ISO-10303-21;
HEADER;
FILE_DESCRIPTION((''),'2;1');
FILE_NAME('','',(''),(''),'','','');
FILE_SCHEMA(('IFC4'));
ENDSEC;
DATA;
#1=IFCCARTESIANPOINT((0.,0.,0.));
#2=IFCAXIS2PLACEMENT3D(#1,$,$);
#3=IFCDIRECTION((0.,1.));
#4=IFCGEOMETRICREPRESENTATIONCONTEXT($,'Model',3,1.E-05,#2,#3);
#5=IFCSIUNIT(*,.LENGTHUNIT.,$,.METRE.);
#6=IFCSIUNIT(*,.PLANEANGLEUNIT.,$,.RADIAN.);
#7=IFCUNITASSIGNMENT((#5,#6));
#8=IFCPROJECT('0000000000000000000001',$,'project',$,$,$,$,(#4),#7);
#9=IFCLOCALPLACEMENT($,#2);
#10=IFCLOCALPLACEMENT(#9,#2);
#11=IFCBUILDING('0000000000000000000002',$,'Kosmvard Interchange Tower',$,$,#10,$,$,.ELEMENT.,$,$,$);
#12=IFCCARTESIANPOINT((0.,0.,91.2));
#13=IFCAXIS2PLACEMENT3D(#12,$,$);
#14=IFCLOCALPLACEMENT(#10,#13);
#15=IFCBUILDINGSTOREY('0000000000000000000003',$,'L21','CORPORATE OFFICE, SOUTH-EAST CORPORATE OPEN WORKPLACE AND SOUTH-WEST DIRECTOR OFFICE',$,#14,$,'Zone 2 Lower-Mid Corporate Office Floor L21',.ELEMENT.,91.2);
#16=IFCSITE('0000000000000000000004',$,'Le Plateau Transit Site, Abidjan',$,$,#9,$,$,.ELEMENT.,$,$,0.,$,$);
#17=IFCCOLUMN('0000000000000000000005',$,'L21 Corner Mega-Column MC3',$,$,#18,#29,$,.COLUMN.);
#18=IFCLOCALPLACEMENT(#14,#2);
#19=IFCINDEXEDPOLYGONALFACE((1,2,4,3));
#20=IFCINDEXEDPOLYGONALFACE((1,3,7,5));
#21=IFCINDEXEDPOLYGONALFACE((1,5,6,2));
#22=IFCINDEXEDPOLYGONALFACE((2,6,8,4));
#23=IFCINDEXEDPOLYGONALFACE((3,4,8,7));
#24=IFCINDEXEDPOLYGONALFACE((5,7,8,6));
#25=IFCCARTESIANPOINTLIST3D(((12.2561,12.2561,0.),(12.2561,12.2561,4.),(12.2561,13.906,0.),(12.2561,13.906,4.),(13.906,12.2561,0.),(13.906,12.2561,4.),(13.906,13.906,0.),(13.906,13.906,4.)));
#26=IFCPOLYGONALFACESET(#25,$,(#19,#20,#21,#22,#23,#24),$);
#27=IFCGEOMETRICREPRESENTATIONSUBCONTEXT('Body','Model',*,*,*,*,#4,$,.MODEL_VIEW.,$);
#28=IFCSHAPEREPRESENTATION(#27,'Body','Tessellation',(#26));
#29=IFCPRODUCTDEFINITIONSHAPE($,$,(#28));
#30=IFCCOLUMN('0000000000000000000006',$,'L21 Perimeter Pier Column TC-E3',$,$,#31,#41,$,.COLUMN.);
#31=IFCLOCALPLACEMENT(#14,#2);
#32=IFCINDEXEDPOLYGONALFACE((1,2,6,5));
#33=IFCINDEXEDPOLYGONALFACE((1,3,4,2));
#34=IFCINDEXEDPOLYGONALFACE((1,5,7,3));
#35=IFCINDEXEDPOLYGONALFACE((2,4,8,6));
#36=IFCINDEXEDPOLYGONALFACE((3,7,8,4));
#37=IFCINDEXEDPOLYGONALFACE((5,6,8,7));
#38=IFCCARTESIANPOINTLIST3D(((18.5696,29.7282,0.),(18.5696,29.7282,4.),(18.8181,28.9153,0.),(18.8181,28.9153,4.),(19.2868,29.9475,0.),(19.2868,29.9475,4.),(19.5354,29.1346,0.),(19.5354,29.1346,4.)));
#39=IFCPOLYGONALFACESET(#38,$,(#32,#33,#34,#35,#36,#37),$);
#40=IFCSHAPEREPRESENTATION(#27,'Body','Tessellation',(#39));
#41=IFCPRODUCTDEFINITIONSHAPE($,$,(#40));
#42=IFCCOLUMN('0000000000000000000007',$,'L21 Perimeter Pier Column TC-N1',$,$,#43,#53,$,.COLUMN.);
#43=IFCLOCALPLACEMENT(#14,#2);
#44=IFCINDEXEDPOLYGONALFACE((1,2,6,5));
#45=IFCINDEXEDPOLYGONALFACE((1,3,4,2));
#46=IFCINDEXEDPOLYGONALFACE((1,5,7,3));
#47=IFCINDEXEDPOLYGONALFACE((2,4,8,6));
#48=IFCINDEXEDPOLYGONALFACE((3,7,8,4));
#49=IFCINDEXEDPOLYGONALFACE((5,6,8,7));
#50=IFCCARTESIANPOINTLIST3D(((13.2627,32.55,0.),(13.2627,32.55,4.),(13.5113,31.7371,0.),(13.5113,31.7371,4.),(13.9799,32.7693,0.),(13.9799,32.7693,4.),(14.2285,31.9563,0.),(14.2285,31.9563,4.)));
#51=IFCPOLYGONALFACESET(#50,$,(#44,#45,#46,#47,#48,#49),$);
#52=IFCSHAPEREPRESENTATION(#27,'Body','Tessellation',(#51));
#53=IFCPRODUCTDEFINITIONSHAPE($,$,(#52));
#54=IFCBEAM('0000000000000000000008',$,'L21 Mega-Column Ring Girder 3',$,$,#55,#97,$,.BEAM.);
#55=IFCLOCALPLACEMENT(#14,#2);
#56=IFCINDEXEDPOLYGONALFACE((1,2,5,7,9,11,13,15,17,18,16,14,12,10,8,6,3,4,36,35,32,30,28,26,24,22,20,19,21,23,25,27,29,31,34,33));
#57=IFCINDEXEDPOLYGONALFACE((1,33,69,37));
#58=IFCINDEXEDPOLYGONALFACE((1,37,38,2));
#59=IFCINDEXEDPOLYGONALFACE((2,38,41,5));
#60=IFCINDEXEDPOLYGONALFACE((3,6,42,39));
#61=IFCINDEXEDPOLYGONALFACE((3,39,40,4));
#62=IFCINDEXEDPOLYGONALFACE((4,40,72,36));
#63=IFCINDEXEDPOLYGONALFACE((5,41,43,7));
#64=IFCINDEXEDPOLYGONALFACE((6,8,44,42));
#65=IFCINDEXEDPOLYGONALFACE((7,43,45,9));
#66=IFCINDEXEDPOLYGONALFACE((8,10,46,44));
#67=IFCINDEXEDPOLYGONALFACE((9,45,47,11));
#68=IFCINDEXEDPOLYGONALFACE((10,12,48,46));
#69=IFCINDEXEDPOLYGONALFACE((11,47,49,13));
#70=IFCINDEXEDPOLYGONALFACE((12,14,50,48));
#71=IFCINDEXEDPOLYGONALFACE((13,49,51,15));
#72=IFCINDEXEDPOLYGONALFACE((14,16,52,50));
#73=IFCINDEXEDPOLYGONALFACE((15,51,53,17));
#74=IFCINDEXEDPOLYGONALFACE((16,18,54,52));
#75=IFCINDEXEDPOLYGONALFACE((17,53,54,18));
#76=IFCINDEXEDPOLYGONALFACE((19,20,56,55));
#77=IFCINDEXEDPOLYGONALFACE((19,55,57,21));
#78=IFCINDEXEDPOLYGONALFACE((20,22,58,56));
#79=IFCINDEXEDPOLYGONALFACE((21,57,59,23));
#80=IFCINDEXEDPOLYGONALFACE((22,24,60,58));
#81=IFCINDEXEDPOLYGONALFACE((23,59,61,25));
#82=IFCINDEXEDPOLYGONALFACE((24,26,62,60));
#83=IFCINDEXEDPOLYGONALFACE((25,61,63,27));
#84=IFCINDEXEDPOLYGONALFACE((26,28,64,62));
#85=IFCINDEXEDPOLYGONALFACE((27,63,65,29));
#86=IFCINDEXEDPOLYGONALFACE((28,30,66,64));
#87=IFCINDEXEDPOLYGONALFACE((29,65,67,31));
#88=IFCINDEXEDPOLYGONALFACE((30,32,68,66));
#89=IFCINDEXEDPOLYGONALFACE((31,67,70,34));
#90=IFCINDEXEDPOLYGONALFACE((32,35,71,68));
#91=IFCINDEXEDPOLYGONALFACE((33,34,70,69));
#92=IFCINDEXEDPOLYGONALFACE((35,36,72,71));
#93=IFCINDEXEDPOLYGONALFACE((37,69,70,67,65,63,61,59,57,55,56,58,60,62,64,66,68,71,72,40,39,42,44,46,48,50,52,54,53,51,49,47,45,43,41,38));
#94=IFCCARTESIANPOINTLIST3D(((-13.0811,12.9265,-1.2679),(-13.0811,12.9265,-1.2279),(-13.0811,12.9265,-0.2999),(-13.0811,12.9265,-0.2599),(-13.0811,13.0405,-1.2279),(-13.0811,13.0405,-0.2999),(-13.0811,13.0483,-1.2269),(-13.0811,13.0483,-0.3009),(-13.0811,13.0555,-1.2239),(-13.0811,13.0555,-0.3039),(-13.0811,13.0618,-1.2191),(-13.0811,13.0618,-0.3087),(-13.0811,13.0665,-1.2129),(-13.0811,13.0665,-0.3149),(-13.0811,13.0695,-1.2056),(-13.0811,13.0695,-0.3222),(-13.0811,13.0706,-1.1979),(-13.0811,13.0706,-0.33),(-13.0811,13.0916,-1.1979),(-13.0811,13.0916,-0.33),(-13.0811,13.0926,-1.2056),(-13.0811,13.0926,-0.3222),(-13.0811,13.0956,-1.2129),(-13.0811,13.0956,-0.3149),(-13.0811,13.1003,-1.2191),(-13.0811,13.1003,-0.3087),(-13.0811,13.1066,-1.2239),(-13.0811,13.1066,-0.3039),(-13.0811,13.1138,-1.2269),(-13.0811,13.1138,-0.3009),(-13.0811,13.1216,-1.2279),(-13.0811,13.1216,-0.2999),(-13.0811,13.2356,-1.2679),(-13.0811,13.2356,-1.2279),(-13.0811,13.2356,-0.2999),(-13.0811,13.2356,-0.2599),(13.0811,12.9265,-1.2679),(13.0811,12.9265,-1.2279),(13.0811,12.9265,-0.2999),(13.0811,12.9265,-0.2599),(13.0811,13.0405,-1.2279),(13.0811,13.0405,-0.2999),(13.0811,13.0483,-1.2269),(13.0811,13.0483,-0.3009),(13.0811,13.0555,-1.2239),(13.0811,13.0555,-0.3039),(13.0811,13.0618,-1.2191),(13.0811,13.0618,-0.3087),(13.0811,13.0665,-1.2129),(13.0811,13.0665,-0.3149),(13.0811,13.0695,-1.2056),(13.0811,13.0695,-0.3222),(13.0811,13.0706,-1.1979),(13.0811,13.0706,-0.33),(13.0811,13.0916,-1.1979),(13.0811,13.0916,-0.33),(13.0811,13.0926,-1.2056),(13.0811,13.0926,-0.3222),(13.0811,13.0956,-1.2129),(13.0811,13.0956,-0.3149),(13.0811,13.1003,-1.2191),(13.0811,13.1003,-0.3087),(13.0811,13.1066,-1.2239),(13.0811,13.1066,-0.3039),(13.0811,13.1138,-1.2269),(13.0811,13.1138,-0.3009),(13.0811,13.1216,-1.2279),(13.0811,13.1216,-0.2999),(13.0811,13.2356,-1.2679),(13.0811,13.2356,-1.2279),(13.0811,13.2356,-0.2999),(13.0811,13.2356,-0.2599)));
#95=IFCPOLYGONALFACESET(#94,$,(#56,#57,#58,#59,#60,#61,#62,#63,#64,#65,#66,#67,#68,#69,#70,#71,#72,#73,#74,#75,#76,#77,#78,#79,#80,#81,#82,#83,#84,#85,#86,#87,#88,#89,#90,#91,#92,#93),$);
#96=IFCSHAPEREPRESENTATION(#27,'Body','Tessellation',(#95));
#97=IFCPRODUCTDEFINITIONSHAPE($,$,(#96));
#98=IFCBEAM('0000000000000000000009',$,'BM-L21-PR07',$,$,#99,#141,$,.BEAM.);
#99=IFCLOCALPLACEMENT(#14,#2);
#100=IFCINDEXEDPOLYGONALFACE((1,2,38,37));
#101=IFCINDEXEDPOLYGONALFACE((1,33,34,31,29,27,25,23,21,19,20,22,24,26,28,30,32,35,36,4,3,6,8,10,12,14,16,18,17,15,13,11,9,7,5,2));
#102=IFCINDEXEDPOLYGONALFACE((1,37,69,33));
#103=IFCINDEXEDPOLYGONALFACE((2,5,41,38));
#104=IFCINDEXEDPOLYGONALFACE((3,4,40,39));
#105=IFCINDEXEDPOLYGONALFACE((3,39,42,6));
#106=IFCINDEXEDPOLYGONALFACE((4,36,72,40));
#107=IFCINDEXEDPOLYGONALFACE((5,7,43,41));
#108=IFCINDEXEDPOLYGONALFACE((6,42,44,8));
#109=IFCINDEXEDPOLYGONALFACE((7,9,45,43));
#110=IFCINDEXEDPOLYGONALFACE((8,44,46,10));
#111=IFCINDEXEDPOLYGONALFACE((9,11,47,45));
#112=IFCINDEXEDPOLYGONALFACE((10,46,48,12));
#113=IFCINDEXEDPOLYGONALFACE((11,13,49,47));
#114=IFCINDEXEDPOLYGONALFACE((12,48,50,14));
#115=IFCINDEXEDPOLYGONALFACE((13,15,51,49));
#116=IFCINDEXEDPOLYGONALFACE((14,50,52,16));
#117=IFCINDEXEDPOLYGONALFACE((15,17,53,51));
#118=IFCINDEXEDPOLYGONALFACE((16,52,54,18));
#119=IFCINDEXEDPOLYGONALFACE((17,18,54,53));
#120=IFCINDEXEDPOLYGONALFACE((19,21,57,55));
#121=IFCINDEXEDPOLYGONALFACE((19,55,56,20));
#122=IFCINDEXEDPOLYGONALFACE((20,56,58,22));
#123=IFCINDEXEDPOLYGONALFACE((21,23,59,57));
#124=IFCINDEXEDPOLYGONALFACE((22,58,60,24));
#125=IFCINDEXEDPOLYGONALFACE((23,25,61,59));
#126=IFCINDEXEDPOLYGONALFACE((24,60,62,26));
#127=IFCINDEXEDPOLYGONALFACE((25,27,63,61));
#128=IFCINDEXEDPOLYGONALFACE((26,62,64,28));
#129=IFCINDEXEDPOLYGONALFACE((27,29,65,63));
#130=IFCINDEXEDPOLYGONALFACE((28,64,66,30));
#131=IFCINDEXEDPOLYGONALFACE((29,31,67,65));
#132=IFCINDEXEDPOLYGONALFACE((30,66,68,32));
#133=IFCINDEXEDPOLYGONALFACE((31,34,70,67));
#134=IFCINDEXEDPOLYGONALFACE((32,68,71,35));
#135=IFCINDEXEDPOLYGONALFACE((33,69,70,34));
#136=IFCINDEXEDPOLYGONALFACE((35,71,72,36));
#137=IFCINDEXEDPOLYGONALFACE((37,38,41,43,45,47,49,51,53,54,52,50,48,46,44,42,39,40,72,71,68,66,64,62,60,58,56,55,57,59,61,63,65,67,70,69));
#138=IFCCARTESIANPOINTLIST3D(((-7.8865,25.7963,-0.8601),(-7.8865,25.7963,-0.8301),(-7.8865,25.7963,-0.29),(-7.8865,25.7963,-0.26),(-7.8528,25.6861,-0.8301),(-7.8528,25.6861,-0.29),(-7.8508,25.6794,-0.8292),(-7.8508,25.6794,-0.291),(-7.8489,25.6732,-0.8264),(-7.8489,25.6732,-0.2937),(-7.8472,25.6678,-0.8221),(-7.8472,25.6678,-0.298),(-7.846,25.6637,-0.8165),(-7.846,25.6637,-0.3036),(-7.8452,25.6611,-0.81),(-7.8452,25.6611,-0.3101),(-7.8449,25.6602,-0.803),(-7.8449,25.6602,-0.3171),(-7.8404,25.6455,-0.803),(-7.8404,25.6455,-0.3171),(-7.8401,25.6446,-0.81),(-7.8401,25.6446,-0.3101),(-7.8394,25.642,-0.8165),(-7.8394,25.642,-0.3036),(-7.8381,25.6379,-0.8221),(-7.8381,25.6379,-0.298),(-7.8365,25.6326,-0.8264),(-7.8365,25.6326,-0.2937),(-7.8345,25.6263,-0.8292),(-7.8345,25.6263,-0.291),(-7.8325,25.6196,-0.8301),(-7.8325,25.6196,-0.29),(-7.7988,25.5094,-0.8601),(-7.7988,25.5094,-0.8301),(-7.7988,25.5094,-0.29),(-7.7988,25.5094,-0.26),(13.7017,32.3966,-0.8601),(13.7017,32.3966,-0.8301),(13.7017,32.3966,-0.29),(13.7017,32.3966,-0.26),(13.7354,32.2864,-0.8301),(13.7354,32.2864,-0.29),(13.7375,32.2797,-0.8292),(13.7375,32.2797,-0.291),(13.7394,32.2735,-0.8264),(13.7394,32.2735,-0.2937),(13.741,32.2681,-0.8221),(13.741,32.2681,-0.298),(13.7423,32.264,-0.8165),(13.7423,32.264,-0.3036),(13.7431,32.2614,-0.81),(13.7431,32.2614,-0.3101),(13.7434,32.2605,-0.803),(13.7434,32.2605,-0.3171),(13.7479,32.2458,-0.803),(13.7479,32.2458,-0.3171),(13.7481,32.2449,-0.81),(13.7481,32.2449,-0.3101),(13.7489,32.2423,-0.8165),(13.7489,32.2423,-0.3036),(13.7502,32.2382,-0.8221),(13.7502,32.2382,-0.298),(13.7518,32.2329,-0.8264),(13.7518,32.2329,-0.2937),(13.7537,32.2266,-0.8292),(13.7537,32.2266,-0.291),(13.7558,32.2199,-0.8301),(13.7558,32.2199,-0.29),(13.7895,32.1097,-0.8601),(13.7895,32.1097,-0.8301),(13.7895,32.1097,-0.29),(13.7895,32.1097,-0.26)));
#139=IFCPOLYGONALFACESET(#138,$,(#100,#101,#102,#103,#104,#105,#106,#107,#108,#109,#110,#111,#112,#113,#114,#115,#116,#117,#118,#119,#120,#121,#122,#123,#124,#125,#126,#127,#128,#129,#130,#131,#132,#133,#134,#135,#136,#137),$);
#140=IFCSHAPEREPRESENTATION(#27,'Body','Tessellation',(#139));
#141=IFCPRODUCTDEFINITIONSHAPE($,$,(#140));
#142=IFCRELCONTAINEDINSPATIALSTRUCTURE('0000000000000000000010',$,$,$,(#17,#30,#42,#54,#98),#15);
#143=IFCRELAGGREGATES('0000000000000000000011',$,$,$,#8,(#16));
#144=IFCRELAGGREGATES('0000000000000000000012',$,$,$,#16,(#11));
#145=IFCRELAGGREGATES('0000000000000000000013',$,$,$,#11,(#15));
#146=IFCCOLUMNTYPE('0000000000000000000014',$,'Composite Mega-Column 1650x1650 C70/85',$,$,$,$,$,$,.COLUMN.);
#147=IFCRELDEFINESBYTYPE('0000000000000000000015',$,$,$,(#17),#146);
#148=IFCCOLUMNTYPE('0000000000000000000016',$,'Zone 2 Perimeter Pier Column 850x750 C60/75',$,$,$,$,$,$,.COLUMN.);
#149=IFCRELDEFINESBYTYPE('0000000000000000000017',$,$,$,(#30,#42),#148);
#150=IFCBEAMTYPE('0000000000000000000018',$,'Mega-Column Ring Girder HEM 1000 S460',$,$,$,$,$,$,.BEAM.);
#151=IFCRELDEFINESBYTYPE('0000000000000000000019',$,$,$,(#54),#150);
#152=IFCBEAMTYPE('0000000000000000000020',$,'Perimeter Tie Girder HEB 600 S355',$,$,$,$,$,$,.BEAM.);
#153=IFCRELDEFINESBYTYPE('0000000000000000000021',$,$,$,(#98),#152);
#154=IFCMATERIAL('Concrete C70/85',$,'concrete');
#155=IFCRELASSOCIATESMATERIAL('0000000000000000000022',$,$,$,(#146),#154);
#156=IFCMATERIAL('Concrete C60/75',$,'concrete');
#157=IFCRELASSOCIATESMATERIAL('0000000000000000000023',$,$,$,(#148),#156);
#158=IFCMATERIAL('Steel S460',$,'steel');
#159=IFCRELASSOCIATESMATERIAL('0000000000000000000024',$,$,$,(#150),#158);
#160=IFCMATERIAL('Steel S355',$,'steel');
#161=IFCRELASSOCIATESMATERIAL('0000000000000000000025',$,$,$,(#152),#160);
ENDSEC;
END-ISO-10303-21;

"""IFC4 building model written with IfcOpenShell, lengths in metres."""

from ifc_helpers import new_model, si_unit, direction, frame, origin, origin_2d, place, context, subcontext, project, spatial, rectangle, i_section, extrude, source, transform, mapped, material, material_profile, profile_set, type_object, element, save


model = new_model("IFC4")

# Units and contexts
model_context = context("Model", 3, precision=1e-05, world=origin(), true_north=direction((0.0, 1.0)))
body_context = subcontext(model_context, "Body", "Model", "MODEL_VIEW")
ifc_project = project(units=[si_unit("LENGTHUNIT", "METRE"), si_unit("PLANEANGLEUNIT", "RADIAN")], contexts=[model_context])

# Site, building, storey
site_placement = place(None, origin())
site = spatial("IfcSite", under=ifc_project, at=site_placement, Name="Le Plateau Transit Site, Abidjan", CompositionType="ELEMENT", RefElevation=0.0)
building_placement = place(site_placement, origin())
building = spatial("IfcBuilding", under=site, at=building_placement, Name="Kosmvard Interchange Tower", CompositionType="ELEMENT")
storey_placement = place(building_placement, frame((0.0, 0.0, 91.2)))
storey = spatial("IfcBuildingStorey", under=building, at=storey_placement, Name="L21", Description="CORPORATE OFFICE, SOUTH-EAST CORPORATE OPEN WORKPLACE AND SOUTH-WEST DIRECTOR OFFICE", LongName="Zone 2 Lower-Mid Corporate Office Floor L21", CompositionType="ELEMENT", Elevation=91.2)

# Columns
ifc_material_1 = material(Name="Concrete C70/85", Category="concrete")
ifc_material_profile_1 = material_profile(ifc_material_1, rectangle(XDim=1.6499, YDim=1.6499, at=origin_2d()), Name="MC 1650x1650")
ifc_profile_set_1 = profile_set([ifc_material_profile_1], Name="Concrete C70/85")
column_type_1 = type_object("IfcColumnType", Name="Composite Mega-Column 1650x1650 C70/85", PredefinedType="COLUMN", material=ifc_profile_set_1)
shared_shape_1 = source(origin(), body_context, "Body", "SweptSolid", [
    extrude(rectangle(XDim=1.6499, YDim=1.6499, at=origin_2d()), origin(), (0.0, 0.0, 1.0), 4.0),
])
column_placement = place(storey_placement, frame((13.0811, 13.0811, 0.0), z_axis=(0.0, 0.0, 1.0), x_axis=(1.0, 0.0, 0.0)))
element("IfcColumn", 1, at=column_placement, inside=storey, type_object=column_type_1, Name="L21 Corner Mega-Column MC3", PredefinedType="COLUMN", context=body_context, shape_type="MappedRepresentation", body=[
    mapped(shared_shape_1, transform((0.0, 0.0, 0.0), scale=1.0)),
])
ifc_material_2 = material(Name="Concrete C60/75", Category="concrete")
ifc_material_profile_2 = material_profile(ifc_material_2, rectangle(XDim=0.75, YDim=0.8501, at=origin_2d()), Name="TC 850x750")
ifc_profile_set_2 = profile_set([ifc_material_profile_2], Name="Concrete C60/75")
column_type_2 = type_object("IfcColumnType", Name="Zone 2 Perimeter Pier Column 850x750 C60/75", PredefinedType="COLUMN", material=ifc_profile_set_2)
shared_shape_2 = source(origin(), body_context, "Body", "SweptSolid", [
    extrude(rectangle(XDim=0.75, YDim=0.8501, at=origin_2d()), origin(), (0.0, 0.0, 1.0), 4.0),
])
for number, where, z_axis, x_axis, name in (
    (2, (19.0525, 29.4314, 0.0), (0.0, 0.0, 1.0), (0.956305, 0.292372, 0.0), "L21 Perimeter Pier Column TC-E3"),
    (3, (13.7456, 32.2532, 0.0), (0.0, 0.0, 1.0), (0.956305, 0.292372, 0.0), "L21 Perimeter Pier Column TC-N1"),
):
    element("IfcColumn", number, at=place(storey_placement, frame(where, z_axis=z_axis, x_axis=x_axis)), inside=storey, type_object=column_type_2, Name=name, PredefinedType="COLUMN", context=body_context, shape_type="MappedRepresentation", body=[
        mapped(shared_shape_2, transform((0.0, 0.0, 0.0), scale=1.0)),
    ])

# Beams
ifc_material_3 = material(Name="Steel S460", Category="steel")
ifc_material_profile_3 = material_profile(ifc_material_3, i_section(OverallWidth=0.3091, OverallDepth=1.0081, WebThickness=0.021, FlangeThickness=0.04, FilletRadius=0.03, at=origin_2d()), Name="HEM 1000")
ifc_profile_set_3 = profile_set([ifc_material_profile_3], Name="Steel S460")
beam_type_1 = type_object("IfcBeamType", Name="Mega-Column Ring Girder HEM 1000 S460", PredefinedType="BEAM", material=ifc_profile_set_3)
shared_shape_3 = source(origin(), body_context, "Body", "SweptSolid", [
    extrude(i_section(OverallWidth=0.3091, OverallDepth=1.0081, WebThickness=0.021, FlangeThickness=0.04, FilletRadius=0.03, at=origin_2d()), origin(), (0.0, 0.0, 1.0), 26.1621),
])
beam_1_placement = place(storey_placement, frame((13.0811, 13.0811, -0.7639), z_axis=(-1.0, 0.0, 0.0), x_axis=(0.0, -1.0, 0.0)))
element("IfcBeam", 4, at=beam_1_placement, inside=storey, type_object=beam_type_1, Name="L21 Mega-Column Ring Girder 3", PredefinedType="BEAM", context=body_context, shape_type="MappedRepresentation", body=[
    mapped(shared_shape_3, transform((0.0, 0.0, 0.0), scale=1.0)),
])
ifc_material_4 = material(Name="Steel S355", Category="steel")
ifc_material_profile_4 = material_profile(ifc_material_4, i_section(OverallWidth=0.3, OverallDepth=0.6001, WebThickness=0.0154, FlangeThickness=0.03, FilletRadius=0.0271, at=origin_2d()), Name="HEB 600")
ifc_profile_set_4 = profile_set([ifc_material_profile_4], Name="Steel S355")
beam_type_2 = type_object("IfcBeamType", Name="Perimeter Tie Girder HEB 600 S355", PredefinedType="BEAM", material=ifc_profile_set_4)
shared_shape_4 = source(origin(), body_context, "Body", "SweptSolid", [
    extrude(i_section(OverallWidth=0.3, OverallDepth=0.6001, WebThickness=0.0154, FlangeThickness=0.03, FilletRadius=0.0271, at=origin_2d()), origin(), (0.0, 0.0, 1.0), 22.5747),
])
beam_2_placement = place(storey_placement, frame((13.7456, 32.2532, -0.5601), z_axis=(-0.956303, -0.292376, 0.0), x_axis=(0.292376, -0.956303, 0.0)))
element("IfcBeam", 5, at=beam_2_placement, inside=storey, type_object=beam_type_2, Name="BM-L21-PR07", PredefinedType="BEAM", context=body_context, shape_type="MappedRepresentation", body=[
    mapped(shared_shape_4, transform((0.0, 0.0, 0.0), scale=1.0)),
])

save(model, "model.ifc")
